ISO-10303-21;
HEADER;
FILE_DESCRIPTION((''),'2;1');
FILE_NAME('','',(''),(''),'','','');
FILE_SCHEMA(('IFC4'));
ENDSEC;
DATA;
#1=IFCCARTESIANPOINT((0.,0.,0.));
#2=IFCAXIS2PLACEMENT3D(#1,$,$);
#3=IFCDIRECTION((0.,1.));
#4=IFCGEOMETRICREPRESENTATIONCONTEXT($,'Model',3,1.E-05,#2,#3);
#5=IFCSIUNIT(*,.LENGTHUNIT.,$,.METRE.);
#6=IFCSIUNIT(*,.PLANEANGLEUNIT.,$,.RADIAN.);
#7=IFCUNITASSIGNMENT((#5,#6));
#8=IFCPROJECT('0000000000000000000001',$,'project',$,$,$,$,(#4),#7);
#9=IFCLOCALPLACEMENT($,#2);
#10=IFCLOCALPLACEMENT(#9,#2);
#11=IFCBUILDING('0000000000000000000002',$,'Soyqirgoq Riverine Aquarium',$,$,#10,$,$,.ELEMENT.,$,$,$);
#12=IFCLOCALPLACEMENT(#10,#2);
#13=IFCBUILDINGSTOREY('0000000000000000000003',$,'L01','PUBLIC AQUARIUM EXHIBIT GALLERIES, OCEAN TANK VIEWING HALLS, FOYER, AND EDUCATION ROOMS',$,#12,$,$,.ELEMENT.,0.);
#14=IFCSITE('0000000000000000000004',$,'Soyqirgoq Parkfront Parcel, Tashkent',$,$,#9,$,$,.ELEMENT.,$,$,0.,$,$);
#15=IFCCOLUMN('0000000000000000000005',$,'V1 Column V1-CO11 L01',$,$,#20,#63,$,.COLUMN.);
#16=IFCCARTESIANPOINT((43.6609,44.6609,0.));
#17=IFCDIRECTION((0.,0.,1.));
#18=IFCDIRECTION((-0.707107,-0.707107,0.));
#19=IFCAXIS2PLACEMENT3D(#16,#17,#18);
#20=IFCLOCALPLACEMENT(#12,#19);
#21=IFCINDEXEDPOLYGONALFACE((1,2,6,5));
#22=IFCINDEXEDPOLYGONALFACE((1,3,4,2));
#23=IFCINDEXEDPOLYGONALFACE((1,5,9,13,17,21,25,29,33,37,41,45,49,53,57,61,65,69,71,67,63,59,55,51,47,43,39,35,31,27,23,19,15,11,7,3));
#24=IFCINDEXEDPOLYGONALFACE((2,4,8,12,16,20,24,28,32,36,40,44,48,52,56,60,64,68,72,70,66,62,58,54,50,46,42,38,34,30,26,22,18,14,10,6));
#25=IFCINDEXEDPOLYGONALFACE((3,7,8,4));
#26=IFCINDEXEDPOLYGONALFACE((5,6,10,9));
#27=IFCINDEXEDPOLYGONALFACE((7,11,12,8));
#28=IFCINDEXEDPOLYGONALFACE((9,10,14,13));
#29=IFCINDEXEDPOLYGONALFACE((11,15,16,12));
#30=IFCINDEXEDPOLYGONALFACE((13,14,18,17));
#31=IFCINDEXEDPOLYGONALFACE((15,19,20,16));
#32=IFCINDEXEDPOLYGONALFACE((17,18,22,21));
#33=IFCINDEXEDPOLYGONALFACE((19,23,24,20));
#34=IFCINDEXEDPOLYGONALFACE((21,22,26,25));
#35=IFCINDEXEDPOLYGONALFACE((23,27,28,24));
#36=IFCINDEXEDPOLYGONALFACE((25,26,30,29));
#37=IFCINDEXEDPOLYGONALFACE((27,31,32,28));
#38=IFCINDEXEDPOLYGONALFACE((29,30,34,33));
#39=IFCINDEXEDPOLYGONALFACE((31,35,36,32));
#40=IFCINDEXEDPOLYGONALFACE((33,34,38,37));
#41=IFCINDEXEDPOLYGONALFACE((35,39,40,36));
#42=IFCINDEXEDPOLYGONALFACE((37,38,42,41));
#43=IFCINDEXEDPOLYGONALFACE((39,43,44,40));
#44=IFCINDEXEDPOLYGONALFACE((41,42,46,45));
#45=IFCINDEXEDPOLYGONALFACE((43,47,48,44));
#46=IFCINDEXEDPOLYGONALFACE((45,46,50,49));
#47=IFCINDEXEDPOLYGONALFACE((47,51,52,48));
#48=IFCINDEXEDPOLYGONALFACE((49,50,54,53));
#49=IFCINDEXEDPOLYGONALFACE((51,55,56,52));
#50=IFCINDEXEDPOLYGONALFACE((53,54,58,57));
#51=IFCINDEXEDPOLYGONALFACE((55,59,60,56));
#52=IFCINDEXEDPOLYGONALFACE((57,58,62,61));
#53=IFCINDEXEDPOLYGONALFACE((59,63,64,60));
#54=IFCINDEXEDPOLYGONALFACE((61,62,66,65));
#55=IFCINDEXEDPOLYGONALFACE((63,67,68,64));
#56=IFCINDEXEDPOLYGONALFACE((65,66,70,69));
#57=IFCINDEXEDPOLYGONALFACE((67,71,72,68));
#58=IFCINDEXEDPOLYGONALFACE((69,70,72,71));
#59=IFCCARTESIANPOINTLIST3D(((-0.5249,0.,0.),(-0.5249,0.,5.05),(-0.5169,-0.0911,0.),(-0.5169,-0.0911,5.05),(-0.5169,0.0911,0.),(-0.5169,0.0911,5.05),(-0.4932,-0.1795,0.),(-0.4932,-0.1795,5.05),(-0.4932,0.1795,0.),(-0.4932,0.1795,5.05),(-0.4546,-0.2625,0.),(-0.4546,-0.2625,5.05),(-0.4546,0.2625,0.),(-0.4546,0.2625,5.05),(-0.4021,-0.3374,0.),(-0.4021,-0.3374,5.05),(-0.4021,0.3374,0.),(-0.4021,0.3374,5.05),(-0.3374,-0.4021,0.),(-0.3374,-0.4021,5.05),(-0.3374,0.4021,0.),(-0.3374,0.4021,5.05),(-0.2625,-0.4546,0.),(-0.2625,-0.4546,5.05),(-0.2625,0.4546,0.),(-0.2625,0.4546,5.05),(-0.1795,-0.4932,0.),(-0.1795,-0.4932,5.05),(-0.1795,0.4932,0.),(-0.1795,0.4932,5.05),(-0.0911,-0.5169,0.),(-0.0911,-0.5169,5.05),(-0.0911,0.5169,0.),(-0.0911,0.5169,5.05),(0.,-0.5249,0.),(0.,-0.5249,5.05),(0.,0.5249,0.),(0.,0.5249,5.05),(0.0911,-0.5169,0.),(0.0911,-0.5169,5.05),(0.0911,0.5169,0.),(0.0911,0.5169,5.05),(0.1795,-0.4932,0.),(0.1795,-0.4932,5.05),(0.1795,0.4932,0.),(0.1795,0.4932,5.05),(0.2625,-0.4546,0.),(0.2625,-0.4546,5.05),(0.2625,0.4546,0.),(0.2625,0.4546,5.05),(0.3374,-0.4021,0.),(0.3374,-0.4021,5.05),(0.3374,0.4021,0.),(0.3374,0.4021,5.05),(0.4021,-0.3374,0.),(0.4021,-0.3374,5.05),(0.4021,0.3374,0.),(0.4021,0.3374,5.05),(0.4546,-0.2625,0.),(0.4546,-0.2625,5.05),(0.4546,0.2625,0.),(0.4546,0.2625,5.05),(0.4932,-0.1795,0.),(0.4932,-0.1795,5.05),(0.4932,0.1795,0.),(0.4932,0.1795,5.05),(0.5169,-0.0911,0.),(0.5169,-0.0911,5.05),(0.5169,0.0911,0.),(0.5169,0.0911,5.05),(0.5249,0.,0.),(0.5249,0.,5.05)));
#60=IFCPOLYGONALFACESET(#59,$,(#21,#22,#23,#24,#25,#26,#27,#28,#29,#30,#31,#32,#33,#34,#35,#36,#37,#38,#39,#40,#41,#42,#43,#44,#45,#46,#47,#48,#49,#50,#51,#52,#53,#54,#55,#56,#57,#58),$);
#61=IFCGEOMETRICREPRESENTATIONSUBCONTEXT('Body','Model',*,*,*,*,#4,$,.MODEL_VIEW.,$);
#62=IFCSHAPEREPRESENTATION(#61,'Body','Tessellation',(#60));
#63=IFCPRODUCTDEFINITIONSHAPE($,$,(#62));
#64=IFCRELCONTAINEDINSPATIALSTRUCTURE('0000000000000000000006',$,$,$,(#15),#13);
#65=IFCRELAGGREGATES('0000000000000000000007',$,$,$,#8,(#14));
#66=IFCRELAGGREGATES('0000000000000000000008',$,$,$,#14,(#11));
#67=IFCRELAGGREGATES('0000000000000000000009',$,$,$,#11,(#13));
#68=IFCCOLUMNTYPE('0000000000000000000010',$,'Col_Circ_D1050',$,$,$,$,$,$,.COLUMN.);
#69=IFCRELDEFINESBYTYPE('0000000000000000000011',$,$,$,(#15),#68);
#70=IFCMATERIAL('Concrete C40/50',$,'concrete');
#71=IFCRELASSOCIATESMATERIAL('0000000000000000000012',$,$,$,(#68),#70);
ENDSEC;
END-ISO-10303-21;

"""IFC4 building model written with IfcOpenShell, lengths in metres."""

from ifc_helpers import new_model, si_unit, direction, frame, origin, origin_2d, place, context, subcontext, project, spatial, circle, extrude, material, material_profile, profile_set, type_object, element, save


model = new_model("IFC4")

# Units and contexts
model_context = context("Model", 3, precision=1e-05, world=origin(), true_north=direction((0.0, 1.0)))
body_context = subcontext(model_context, "Body", "Model", "MODEL_VIEW")
ifc_project = project(units=[si_unit("LENGTHUNIT", "METRE"), si_unit("PLANEANGLEUNIT", "RADIAN")], contexts=[model_context])

# Site, building, storey
site_placement = place(None, origin())
site = spatial("IfcSite", under=ifc_project, at=site_placement, Name="Soyqirgoq Parkfront Parcel, Tashkent", CompositionType="ELEMENT", RefElevation=0.0)
building_placement = place(site_placement, origin())
building = spatial("IfcBuilding", under=site, at=building_placement, Name="Soyqirgoq Riverine Aquarium", CompositionType="ELEMENT")
storey_placement = place(building_placement, origin())
storey = spatial("IfcBuildingStorey", under=building, at=storey_placement, Name="L01", Description="PUBLIC AQUARIUM EXHIBIT GALLERIES, OCEAN TANK VIEWING HALLS, FOYER, AND EDUCATION ROOMS", CompositionType="ELEMENT", Elevation=0.0)

# Column
ifc_material_1 = material(Name="Concrete C40/50", Category="concrete")
ifc_material_profile_1 = material_profile(ifc_material_1, circle(Radius=0.5249, at=origin_2d()), Name="RC-COL D1050")
ifc_profile_set_1 = profile_set([ifc_material_profile_1], Name="Concrete C40/50")
column_type_1 = type_object("IfcColumnType", Name="Col_Circ_D1050", PredefinedType="COLUMN", material=ifc_profile_set_1)
column_1_placement = place(storey_placement, frame((43.6609, 44.6609, 0.0), z_axis=(0.0, 0.0, 1.0), x_axis=(-0.707107, -0.707107, 0.0)))
element("IfcColumn", 1, at=column_1_placement, inside=storey, type_object=column_type_1, Name="V1 Column V1-CO11 L01", PredefinedType="COLUMN", context=body_context, shape_type="SweptSolid", body=[
    extrude(circle(Radius=0.5249, at=origin_2d()), origin(), (0.0, 0.0, 1.0), 5.05),
])

save(model, "model.ifc")
